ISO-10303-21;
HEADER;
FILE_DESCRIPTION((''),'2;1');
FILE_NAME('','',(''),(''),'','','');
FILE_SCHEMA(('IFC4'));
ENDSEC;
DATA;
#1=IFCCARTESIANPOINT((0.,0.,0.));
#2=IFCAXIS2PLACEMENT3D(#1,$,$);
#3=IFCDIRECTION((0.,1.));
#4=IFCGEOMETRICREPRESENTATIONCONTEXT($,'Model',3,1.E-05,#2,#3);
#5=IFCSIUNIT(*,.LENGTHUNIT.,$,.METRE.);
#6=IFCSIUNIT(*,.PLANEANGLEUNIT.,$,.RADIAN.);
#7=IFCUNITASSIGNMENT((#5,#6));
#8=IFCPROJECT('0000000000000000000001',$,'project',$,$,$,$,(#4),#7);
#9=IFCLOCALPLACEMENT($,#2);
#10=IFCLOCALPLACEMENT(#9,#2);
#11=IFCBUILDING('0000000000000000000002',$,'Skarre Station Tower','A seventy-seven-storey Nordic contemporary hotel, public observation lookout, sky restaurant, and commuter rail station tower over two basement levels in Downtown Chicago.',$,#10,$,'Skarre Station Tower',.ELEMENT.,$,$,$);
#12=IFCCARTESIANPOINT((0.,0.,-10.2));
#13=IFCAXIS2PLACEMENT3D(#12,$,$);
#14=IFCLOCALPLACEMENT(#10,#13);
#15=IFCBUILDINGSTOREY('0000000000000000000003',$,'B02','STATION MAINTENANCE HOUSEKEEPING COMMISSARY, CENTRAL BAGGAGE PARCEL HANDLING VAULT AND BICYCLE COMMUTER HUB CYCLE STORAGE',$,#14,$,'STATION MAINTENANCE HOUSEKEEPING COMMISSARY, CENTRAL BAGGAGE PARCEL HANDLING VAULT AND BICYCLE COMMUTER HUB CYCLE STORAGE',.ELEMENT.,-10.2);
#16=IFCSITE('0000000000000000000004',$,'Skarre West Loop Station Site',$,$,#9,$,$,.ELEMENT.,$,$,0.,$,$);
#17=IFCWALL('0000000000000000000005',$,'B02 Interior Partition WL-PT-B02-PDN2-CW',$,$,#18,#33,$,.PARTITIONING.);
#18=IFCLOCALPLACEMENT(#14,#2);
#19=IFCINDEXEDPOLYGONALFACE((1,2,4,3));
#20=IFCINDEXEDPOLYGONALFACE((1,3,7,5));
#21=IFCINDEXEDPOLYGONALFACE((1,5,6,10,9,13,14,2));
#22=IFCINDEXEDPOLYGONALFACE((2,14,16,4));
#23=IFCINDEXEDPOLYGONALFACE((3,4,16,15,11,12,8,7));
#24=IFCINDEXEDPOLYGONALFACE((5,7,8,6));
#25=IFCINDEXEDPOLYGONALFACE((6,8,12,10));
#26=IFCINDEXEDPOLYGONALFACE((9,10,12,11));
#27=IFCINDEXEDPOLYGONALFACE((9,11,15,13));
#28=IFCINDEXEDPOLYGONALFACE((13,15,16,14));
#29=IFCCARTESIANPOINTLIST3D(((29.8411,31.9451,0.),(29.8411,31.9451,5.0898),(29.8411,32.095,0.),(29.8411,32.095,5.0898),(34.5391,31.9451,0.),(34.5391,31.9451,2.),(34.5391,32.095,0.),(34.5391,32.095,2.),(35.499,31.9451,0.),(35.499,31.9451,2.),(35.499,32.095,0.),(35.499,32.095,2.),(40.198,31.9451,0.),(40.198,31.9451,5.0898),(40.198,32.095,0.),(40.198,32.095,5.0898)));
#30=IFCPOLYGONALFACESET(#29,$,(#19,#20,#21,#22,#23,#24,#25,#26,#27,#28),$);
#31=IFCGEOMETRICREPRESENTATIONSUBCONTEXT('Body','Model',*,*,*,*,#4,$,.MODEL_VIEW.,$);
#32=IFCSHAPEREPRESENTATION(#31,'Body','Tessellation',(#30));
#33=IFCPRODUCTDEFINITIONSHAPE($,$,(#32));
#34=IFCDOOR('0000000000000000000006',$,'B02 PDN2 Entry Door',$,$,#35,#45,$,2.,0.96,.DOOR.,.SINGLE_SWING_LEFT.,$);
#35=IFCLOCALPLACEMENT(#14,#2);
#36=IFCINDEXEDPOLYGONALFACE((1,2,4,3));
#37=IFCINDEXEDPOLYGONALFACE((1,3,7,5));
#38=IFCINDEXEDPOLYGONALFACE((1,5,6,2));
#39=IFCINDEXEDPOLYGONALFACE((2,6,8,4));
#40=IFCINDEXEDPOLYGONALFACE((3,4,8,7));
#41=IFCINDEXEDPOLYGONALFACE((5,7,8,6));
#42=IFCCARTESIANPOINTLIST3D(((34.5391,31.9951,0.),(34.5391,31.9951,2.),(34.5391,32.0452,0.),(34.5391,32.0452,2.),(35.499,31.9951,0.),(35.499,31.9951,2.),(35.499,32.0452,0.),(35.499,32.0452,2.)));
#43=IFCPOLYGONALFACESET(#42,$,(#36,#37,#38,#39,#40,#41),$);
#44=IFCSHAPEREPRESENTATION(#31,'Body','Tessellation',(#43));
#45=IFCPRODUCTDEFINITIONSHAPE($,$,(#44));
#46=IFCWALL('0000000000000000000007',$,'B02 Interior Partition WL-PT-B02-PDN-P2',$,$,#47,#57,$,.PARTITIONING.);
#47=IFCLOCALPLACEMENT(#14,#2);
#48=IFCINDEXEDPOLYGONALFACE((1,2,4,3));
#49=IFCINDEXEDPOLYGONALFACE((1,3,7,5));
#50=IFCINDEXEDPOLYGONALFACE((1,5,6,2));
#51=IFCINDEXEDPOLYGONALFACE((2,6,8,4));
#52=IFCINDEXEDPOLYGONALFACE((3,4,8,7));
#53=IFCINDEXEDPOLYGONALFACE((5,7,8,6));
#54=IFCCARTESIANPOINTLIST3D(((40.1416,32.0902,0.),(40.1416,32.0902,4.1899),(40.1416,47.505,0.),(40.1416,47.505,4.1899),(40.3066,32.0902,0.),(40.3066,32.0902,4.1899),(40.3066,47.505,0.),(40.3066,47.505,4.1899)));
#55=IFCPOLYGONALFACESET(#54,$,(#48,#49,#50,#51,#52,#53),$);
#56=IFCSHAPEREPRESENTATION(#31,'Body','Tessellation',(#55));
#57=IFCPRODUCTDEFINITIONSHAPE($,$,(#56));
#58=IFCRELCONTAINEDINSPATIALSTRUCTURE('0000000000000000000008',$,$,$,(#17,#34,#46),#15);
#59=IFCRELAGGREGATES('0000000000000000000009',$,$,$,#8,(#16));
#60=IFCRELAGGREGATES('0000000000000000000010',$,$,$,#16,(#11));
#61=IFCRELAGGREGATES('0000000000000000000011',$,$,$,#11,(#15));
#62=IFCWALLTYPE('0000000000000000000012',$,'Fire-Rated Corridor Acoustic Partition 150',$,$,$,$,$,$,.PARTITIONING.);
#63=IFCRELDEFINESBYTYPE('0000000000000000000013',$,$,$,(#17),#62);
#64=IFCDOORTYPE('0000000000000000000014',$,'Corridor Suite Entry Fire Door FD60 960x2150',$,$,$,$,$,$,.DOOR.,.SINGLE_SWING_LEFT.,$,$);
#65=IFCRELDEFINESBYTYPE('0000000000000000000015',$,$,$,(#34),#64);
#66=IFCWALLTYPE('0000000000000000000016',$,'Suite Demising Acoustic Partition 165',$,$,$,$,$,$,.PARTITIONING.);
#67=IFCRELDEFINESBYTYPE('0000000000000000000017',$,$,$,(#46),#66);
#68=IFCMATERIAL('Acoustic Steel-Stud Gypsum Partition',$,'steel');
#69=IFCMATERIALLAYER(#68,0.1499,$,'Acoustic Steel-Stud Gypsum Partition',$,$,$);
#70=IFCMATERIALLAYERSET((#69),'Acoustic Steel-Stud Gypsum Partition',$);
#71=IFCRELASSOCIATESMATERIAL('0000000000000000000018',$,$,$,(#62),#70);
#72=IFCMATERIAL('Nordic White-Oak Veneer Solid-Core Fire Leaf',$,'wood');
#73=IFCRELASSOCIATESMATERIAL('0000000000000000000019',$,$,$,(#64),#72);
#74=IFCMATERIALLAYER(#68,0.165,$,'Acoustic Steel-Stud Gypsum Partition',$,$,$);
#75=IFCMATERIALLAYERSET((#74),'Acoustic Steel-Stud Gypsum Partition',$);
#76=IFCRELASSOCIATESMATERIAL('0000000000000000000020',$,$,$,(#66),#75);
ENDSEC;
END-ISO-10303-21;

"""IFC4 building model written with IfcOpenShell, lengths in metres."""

from ifc_helpers import new_model, si_unit, direction, frame, frame_2d, origin, place, context, subcontext, project, spatial, rectangle, extrude, material, layer, layer_set, type_object, element, fill, save


model = new_model("IFC4")

# Units and contexts
model_context = context("Model", 3, precision=1e-05, world=origin(), true_north=direction((0.0, 1.0)))
body_context = subcontext(model_context, "Body", "Model", "MODEL_VIEW")
ifc_project = project(units=[si_unit("LENGTHUNIT", "METRE"), si_unit("PLANEANGLEUNIT", "RADIAN")], contexts=[model_context])

# Site, building, storey
site_placement = place(None, origin())
site = spatial("IfcSite", under=ifc_project, at=site_placement, Name="Skarre West Loop Station Site", CompositionType="ELEMENT", RefElevation=0.0)
building_placement = place(site_placement, origin())
building = spatial("IfcBuilding", under=site, at=building_placement, Name="Skarre Station Tower", Description="A seventy-seven-storey Nordic contemporary hotel, public observation lookout, sky restaurant, and commuter rail station tower over two basement levels in Downtown Chicago.", LongName="Skarre Station Tower", CompositionType="ELEMENT")
storey_placement = place(building_placement, frame((0.0, 0.0, -10.2)))
storey = spatial("IfcBuildingStorey", under=building, at=storey_placement, Name="B02", Description="STATION MAINTENANCE HOUSEKEEPING COMMISSARY, CENTRAL BAGGAGE PARCEL HANDLING VAULT AND BICYCLE COMMUTER HUB CYCLE STORAGE", LongName="STATION MAINTENANCE HOUSEKEEPING COMMISSARY, CENTRAL BAGGAGE PARCEL HANDLING VAULT AND BICYCLE COMMUTER HUB CYCLE STORAGE", CompositionType="ELEMENT", Elevation=-10.2)

# Wall, opening, door
ifc_material_1 = material(Name="Acoustic Steel-Stud Gypsum Partition", Category="steel")
ifc_layer_1 = layer(ifc_material_1, 0.1499, Name="Acoustic Steel-Stud Gypsum Partition")
ifc_layer_set_1 = layer_set([ifc_layer_1], Name="Acoustic Steel-Stud Gypsum Partition")
wall_type_1 = type_object("IfcWallType", Name="Fire-Rated Corridor Acoustic Partition 150", PredefinedType="PARTITIONING", material=ifc_layer_set_1)
wall_1_placement = place(storey_placement, frame((40.198, 32.02, 0.0), z_axis=(0.0, 0.0, 1.0), x_axis=(-1.0, 0.0, 0.0)))
wall_1 = element("IfcWall", 1, at=wall_1_placement, inside=storey, type_object=wall_type_1, Name="B02 Interior Partition WL-PT-B02-PDN2-CW", PredefinedType="PARTITIONING", context=body_context, shape_type="SweptSolid", body=[
    extrude(rectangle(XDim=10.3569, YDim=0.1499, at=frame_2d((5.1785, 0.0))), origin(), (0.0, 0.0, 1.0), 5.0898),
])
opening_placement = place(wall_1_placement, frame((4.699, 0.0, 0.0)))
opening = element("IfcOpeningElement", 2, at=opening_placement, cuts=wall_1, PredefinedType="OPENING", context=body_context, shape_type="SweptSolid", body=[
    extrude(rectangle(XDim=0.96, YDim=2.0, at=frame_2d((0.48, 1.0))), frame((0.0, 0.085, 0.0), z_axis=(0.0, -1.0, 0.0), x_axis=(1.0, 0.0, 0.0)), (0.0, 0.0, 1.0), 0.1699),
])
ifc_material_2 = material(Name="Nordic White-Oak Veneer Solid-Core Fire Leaf", Category="wood")
door_type = type_object("IfcDoorType", Name="Corridor Suite Entry Fire Door FD60 960x2150", OperationType="SINGLE_SWING_LEFT", PredefinedType="DOOR", material=ifc_material_2)
door_placement = place(opening_placement, origin())
door = element("IfcDoor", 3, at=door_placement, inside=storey, type_object=door_type, Name="B02 PDN2 Entry Door", OperationType="SINGLE_SWING_LEFT", OverallHeight=2.0, OverallWidth=0.96, PredefinedType="DOOR", context=body_context, shape_type="SweptSolid", body=[
    extrude(rectangle(XDim=0.96, YDim=2.0, at=frame_2d((0.48, 1.0))), frame((0.0, 0.0249, 0.0), z_axis=(0.0, -1.0, 0.0), x_axis=(1.0, 0.0, 0.0)), (0.0, 0.0, 1.0), 0.05),
])
fill(opening, door)

# Wall
ifc_layer_2 = layer(ifc_material_1, 0.165, Name="Acoustic Steel-Stud Gypsum Partition")
ifc_layer_set_2 = layer_set([ifc_layer_2], Name="Acoustic Steel-Stud Gypsum Partition")
wall_type_2 = type_object("IfcWallType", Name="Suite Demising Acoustic Partition 165", PredefinedType="PARTITIONING", material=ifc_layer_set_2)
wall_2_placement = place(storey_placement, frame((40.2241, 32.0901, 0.0), z_axis=(0.0, 0.0, 1.0), x_axis=(0.0, 1.0, 0.0)))
element("IfcWall", 4, at=wall_2_placement, inside=storey, type_object=wall_type_2, Name="B02 Interior Partition WL-PT-B02-PDN-P2", PredefinedType="PARTITIONING", context=body_context, shape_type="SweptSolid", body=[
    extrude(rectangle(XDim=15.4148, YDim=0.165, at=frame_2d((7.7075, 0.0))), origin(), (0.0, 0.0, 1.0), 4.1899),
])

save(model, "model.ifc")
